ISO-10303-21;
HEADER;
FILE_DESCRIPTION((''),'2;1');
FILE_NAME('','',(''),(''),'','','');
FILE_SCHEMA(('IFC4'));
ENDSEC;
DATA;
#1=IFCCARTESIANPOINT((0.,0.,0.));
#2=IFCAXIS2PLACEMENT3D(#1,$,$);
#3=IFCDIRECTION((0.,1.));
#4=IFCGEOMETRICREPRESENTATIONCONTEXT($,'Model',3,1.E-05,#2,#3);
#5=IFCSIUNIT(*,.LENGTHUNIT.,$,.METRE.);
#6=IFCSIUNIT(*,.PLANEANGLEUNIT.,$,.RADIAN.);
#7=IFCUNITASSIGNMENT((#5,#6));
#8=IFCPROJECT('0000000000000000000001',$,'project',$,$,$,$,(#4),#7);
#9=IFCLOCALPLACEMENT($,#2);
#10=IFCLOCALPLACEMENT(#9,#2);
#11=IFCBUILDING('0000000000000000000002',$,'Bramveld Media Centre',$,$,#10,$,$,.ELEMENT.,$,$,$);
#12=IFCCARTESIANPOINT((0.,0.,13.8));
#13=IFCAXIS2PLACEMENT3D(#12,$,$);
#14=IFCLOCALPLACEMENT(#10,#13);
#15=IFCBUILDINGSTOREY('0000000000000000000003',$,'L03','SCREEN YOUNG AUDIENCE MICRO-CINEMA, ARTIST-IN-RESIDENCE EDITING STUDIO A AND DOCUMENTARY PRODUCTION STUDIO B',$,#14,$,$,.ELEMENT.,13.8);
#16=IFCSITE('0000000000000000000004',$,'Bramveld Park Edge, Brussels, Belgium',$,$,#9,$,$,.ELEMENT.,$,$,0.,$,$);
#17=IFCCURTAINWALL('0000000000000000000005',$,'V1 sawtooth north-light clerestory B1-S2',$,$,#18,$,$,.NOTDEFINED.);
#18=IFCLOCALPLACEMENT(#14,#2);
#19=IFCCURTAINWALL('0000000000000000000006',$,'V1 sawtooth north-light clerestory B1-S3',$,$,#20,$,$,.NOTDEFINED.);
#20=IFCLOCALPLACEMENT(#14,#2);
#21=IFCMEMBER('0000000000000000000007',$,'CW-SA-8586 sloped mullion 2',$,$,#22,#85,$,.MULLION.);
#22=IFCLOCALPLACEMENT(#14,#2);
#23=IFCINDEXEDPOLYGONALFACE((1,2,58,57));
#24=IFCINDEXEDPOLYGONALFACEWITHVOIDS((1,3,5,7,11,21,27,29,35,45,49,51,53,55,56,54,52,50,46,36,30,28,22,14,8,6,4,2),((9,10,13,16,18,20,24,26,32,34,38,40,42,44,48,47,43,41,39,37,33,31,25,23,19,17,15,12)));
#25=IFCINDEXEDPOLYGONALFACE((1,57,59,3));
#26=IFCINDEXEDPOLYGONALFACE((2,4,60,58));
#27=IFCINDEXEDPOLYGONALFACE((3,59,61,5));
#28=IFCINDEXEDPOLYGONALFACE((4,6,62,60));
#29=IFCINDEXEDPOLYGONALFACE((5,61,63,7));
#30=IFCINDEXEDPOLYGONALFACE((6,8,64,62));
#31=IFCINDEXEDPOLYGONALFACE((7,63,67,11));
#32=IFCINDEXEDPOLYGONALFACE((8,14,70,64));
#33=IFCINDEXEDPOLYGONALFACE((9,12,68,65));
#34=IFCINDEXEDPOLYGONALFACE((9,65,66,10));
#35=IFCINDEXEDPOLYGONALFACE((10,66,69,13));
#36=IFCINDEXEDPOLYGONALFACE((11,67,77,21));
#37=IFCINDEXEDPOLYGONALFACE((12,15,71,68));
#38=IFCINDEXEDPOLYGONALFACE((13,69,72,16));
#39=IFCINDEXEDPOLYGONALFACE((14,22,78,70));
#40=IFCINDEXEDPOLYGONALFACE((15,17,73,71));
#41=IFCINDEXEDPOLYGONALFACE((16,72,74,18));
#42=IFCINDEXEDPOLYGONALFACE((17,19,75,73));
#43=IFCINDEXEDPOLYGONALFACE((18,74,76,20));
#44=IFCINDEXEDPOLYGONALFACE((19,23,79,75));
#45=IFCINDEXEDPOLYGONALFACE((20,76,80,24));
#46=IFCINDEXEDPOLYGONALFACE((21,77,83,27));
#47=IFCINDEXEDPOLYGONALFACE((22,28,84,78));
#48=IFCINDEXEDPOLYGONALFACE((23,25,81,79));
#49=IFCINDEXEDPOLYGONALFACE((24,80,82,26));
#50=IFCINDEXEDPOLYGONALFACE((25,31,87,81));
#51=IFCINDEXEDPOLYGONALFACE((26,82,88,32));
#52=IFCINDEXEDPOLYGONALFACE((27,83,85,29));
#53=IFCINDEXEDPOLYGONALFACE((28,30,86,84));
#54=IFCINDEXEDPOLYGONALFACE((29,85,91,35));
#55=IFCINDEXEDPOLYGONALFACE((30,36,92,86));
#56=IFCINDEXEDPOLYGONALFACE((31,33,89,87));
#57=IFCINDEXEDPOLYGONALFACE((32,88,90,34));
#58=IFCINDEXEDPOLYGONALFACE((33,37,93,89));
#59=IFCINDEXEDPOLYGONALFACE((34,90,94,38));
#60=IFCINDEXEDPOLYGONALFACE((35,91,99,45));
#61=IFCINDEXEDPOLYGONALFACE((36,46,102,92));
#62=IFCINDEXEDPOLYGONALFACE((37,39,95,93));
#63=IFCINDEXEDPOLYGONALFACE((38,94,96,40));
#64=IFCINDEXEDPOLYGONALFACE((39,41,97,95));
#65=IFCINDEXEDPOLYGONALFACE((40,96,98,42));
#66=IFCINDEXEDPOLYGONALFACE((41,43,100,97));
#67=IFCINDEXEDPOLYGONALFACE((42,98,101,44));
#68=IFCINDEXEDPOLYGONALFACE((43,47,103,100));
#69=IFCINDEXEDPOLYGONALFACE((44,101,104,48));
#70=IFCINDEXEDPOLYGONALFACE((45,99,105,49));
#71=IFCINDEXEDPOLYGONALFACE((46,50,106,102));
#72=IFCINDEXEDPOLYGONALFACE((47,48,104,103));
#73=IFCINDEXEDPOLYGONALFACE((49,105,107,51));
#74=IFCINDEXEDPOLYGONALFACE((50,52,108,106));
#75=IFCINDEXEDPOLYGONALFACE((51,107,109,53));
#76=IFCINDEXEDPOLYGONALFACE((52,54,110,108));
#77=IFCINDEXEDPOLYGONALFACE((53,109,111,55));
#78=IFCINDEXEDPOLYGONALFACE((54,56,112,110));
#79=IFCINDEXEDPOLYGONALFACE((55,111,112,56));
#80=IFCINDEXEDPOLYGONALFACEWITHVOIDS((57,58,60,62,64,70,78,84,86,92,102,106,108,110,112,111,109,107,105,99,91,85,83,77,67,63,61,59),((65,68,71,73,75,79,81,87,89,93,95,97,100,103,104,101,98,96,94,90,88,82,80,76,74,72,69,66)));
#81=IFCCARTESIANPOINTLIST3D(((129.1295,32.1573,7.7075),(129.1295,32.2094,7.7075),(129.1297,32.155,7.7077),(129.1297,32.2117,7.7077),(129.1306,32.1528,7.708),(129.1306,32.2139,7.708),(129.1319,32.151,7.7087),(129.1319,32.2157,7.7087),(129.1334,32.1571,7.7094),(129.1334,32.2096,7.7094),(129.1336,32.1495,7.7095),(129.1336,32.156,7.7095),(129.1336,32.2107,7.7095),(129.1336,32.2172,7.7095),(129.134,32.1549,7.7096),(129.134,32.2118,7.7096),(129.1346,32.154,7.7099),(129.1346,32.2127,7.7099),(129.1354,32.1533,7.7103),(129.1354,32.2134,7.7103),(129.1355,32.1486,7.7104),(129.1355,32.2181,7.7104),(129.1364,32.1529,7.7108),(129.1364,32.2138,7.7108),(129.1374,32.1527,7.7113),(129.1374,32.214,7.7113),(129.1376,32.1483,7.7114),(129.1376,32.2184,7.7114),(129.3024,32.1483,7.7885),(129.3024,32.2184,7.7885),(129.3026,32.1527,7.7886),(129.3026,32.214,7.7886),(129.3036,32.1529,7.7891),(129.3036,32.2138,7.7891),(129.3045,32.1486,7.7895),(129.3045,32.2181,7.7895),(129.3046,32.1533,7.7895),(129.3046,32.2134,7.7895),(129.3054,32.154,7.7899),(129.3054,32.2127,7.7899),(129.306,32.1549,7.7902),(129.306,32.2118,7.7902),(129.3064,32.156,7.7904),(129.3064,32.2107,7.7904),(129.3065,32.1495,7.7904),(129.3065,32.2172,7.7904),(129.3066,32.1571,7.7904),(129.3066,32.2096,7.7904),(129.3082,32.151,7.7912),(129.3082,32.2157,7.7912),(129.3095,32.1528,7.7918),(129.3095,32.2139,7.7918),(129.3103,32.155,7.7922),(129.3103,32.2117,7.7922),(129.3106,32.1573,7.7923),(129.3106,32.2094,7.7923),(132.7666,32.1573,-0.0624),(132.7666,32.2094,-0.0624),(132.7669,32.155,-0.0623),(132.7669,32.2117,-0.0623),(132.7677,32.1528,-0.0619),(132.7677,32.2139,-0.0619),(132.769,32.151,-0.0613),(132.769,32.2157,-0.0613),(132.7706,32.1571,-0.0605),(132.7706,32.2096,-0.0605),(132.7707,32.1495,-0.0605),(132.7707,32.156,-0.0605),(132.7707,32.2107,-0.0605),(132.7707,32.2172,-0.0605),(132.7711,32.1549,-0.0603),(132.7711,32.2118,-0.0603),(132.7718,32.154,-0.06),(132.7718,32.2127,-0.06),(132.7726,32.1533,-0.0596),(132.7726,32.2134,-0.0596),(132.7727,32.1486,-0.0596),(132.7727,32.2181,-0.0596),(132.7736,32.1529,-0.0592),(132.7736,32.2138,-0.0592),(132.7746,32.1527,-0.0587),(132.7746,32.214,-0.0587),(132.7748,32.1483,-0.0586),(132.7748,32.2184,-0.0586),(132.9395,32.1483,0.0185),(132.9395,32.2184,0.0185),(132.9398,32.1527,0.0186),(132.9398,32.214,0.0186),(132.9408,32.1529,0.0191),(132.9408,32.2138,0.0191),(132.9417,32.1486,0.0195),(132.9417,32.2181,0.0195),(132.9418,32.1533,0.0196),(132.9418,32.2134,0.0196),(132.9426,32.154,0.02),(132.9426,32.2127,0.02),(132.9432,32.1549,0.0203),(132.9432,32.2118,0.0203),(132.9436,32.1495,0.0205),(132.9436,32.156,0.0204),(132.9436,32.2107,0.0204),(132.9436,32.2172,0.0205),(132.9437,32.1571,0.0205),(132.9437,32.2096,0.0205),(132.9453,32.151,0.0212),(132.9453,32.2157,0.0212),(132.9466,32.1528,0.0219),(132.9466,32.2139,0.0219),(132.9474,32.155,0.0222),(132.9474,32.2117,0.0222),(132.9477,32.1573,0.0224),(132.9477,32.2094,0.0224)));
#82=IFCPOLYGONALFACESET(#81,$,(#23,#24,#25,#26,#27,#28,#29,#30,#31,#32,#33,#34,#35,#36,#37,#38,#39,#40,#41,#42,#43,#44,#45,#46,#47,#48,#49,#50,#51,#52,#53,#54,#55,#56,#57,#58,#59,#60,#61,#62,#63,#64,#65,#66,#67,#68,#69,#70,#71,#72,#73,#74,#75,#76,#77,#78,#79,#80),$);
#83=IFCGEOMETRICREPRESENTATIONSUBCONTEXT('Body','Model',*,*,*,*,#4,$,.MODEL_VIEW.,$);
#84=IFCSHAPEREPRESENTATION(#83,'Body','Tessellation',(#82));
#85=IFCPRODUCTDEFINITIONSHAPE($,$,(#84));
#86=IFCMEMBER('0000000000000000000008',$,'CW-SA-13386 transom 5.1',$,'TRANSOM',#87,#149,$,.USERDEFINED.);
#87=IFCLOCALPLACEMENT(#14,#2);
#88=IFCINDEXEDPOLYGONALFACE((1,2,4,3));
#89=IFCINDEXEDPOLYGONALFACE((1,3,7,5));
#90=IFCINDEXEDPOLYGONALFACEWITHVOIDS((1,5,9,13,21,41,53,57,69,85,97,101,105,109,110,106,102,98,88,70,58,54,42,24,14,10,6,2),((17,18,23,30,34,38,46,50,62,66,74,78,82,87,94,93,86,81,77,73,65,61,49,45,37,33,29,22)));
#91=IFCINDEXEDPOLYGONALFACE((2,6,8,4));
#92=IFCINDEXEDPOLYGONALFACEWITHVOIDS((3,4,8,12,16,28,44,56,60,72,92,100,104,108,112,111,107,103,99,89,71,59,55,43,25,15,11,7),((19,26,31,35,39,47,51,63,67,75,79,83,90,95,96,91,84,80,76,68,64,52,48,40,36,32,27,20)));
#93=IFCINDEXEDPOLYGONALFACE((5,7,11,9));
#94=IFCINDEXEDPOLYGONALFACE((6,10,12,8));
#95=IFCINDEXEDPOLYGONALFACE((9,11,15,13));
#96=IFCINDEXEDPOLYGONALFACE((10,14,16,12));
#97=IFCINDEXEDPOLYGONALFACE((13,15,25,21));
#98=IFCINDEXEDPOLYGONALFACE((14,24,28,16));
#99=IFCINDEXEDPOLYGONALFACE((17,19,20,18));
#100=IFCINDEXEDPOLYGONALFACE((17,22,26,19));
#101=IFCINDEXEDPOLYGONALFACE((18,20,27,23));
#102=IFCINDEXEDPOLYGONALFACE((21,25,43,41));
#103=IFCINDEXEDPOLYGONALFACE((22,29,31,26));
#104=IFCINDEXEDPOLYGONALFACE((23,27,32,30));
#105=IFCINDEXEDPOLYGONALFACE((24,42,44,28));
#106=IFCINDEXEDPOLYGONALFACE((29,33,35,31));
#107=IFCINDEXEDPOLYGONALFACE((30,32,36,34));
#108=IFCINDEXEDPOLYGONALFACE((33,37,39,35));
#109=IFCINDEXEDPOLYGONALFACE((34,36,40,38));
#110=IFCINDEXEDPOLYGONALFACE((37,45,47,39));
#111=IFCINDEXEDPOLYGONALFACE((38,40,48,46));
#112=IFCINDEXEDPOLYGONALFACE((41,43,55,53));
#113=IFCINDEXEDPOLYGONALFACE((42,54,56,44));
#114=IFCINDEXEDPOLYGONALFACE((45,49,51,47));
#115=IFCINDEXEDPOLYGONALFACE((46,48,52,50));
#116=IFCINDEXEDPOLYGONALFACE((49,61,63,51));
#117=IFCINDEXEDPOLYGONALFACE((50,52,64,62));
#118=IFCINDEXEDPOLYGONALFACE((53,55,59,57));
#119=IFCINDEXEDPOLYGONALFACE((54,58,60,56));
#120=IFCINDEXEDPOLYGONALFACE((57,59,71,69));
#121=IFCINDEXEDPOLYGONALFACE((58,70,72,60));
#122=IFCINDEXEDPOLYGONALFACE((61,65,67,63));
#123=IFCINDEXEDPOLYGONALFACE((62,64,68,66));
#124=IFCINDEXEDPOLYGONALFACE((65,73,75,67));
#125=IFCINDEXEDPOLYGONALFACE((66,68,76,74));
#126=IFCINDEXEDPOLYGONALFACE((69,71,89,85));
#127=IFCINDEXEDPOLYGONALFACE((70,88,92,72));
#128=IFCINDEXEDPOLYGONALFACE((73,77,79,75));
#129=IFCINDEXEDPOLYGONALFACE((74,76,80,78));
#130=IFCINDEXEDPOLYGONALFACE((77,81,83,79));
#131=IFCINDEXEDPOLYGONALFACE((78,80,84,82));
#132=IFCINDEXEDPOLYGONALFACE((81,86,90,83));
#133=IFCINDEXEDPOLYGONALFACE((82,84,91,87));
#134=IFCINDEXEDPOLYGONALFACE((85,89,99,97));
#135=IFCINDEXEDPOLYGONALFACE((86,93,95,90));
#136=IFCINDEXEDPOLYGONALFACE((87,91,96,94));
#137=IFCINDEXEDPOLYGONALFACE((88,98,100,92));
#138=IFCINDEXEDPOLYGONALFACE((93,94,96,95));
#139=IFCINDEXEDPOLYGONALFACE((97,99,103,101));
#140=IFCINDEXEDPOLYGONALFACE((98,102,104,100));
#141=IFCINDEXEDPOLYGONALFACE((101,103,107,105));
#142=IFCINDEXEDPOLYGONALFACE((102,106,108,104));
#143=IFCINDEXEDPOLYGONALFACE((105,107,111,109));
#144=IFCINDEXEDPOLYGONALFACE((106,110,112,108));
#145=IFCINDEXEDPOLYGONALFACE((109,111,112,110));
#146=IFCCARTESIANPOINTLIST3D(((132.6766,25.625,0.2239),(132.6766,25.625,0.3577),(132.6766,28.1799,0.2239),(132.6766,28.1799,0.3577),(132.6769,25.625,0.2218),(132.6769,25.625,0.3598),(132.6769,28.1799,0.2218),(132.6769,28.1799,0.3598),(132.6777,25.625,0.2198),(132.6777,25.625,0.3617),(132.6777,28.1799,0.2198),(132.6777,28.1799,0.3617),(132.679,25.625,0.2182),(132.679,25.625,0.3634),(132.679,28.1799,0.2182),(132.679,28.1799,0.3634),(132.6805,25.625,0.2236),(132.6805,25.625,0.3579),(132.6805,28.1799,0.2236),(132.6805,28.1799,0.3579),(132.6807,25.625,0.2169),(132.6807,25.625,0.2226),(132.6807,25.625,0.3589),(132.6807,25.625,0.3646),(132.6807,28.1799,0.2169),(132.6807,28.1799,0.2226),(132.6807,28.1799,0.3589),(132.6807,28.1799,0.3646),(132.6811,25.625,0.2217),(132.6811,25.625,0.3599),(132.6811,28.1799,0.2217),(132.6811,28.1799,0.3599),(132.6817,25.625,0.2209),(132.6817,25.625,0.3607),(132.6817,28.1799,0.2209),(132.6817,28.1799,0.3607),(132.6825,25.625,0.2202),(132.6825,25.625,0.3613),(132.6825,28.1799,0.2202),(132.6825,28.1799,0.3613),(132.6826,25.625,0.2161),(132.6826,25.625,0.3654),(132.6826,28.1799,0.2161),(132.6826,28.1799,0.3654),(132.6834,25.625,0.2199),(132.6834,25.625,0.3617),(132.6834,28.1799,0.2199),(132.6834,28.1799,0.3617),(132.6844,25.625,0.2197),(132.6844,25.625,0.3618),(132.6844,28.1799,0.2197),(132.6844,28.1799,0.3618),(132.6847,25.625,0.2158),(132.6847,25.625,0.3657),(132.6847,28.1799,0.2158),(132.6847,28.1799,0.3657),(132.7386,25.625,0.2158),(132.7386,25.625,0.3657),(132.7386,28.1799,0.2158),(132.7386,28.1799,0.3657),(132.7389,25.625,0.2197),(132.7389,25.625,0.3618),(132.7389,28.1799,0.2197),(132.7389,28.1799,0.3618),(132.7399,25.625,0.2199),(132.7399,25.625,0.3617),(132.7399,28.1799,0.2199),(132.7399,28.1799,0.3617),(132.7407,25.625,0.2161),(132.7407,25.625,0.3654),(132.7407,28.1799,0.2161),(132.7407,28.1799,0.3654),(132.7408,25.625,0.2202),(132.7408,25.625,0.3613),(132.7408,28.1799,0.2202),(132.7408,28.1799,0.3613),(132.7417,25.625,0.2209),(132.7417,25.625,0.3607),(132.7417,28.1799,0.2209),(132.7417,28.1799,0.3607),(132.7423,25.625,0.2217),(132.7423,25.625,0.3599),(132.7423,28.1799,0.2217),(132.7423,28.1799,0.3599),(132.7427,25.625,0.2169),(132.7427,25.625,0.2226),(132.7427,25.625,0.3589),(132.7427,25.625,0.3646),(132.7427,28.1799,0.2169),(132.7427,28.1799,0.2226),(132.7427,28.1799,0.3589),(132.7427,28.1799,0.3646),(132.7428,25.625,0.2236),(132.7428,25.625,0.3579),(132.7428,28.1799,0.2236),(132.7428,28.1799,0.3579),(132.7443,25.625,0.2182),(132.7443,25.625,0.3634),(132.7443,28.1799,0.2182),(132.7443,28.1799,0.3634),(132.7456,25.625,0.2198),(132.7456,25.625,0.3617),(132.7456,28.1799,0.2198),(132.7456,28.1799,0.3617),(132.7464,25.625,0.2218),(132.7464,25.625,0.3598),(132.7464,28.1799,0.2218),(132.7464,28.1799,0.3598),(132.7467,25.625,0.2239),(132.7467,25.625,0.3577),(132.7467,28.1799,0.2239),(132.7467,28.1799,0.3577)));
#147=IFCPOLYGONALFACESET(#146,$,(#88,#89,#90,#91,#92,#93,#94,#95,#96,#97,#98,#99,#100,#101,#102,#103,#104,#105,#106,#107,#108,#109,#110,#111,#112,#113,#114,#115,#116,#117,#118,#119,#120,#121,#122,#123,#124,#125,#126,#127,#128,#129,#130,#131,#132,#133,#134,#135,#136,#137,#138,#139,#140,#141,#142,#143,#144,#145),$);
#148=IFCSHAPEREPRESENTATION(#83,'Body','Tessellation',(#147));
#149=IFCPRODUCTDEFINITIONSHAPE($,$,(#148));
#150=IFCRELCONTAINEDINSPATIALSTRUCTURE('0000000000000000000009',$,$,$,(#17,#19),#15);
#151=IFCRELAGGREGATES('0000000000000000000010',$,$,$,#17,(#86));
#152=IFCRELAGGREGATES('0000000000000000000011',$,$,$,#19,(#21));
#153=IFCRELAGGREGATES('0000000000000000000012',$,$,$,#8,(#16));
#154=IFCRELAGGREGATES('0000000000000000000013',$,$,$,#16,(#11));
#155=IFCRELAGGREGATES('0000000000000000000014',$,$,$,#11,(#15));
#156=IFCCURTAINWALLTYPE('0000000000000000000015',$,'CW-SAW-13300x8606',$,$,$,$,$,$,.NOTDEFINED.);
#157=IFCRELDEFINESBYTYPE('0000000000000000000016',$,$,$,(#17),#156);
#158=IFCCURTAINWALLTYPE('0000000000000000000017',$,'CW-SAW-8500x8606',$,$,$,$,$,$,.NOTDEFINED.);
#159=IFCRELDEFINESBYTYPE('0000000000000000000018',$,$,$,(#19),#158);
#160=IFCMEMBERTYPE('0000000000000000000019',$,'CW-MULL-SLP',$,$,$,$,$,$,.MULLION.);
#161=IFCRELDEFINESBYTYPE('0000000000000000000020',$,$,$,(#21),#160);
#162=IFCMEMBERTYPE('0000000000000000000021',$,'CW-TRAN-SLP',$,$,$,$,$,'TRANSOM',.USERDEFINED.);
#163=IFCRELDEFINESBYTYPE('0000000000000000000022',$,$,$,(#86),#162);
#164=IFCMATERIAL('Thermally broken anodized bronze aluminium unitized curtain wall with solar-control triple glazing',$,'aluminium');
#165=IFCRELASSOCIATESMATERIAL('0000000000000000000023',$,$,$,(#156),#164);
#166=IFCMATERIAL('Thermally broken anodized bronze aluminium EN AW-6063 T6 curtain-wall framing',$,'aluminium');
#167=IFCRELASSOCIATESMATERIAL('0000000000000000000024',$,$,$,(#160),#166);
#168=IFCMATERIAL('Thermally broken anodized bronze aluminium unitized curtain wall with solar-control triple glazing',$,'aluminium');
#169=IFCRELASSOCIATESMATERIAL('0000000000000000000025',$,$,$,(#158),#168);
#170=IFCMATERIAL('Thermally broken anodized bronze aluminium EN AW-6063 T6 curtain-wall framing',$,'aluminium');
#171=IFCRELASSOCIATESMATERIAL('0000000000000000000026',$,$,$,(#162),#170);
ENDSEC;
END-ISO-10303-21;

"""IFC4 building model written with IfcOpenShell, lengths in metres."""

from ifc_helpers import new_model, si_unit, direction, frame, origin, origin_2d, place, context, subcontext, project, spatial, hollow_rectangle, extrude, material, material_profile, profile_set, type_object, element, aggregate, save


model = new_model("IFC4")

# Units and contexts
model_context = context("Model", 3, precision=1e-05, world=origin(), true_north=direction((0.0, 1.0)))
body_context = subcontext(model_context, "Body", "Model", "MODEL_VIEW")
ifc_project = project(units=[si_unit("LENGTHUNIT", "METRE"), si_unit("PLANEANGLEUNIT", "RADIAN")], contexts=[model_context])

# Site, building, storey
site_placement = place(None, origin())
site = spatial("IfcSite", under=ifc_project, at=site_placement, Name="Bramveld Park Edge, Brussels, Belgium", CompositionType="ELEMENT", RefElevation=0.0)
building_placement = place(site_placement, origin())
building = spatial("IfcBuilding", under=site, at=building_placement, Name="Bramveld Media Centre", CompositionType="ELEMENT")
storey_placement = place(building_placement, frame((0.0, 0.0, 13.8)))
storey = spatial("IfcBuildingStorey", under=building, at=storey_placement, Name="L03", Description="SCREEN YOUNG AUDIENCE MICRO-CINEMA, ARTIST-IN-RESIDENCE EDITING STUDIO A AND DOCUMENTARY PRODUCTION STUDIO B", CompositionType="ELEMENT", Elevation=13.8)

# Curtain wall
ifc_material_1 = material(Name="Thermally broken anodized bronze aluminium unitized curtain wall with solar-control triple glazing", Category="aluminium")
curtain_wall_type_1 = type_object("IfcCurtainWallType", Name="CW-SAW-13300x8606", PredefinedType="NOTDEFINED", material=ifc_material_1)
curtain_wall_1_placement = place(storey_placement, origin())
curtain_wall_1 = element("IfcCurtainWall", 1, at=curtain_wall_1_placement, inside=storey, type_object=curtain_wall_type_1, Name="V1 sawtooth north-light clerestory B1-S2", PredefinedType="NOTDEFINED")
ifc_material_2 = material(Name="Thermally broken anodized bronze aluminium EN AW-6063 T6 curtain-wall framing", Category="aluminium")
ifc_material_profile_1 = material_profile(ifc_material_2, hollow_rectangle(XDim=0.0701, YDim=0.2, WallThickness=0.0044, InnerFilletRadius=0.0044, OuterFilletRadius=0.009, at=origin_2d()), Name="AL-MULL 70x200")
ifc_profile_set_1 = profile_set([ifc_material_profile_1], Name="Thermally broken anodized bronze aluminium EN AW-6063 T6 curtain-wall framing")
member_type_1 = type_object("IfcMemberType", Name="CW-MULL-SLP", PredefinedType="MULLION", material=ifc_profile_set_1)

# Curtain wall, member
ifc_material_3 = material(Name="Thermally broken anodized bronze aluminium unitized curtain wall with solar-control triple glazing", Category="aluminium")
curtain_wall_type_2 = type_object("IfcCurtainWallType", Name="CW-SAW-8500x8606", PredefinedType="NOTDEFINED", material=ifc_material_3)
curtain_wall_2_placement = place(storey_placement, origin())
curtain_wall_2 = element("IfcCurtainWall", 2, at=curtain_wall_2_placement, inside=storey, type_object=curtain_wall_type_2, Name="V1 sawtooth north-light clerestory B1-S3", PredefinedType="NOTDEFINED")
member_1_placement = place(storey_placement, frame((132.8572, 32.1833, -0.02), z_axis=(-0.423957, 0.0, 0.905682), x_axis=(0.0, -1.0, 0.0)))
member_1 = element("IfcMember", 3, at=member_1_placement, type_object=member_type_1, Name="CW-SA-8586 sloped mullion 2", PredefinedType="MULLION", context=body_context, shape_type="SweptSolid", body=[
    extrude(hollow_rectangle(XDim=0.0701, YDim=0.2, WallThickness=0.0044, InnerFilletRadius=0.0044, OuterFilletRadius=0.009, at=origin_2d()), origin(), (0.0, 0.0, 1.0), 8.5791),
])

# Member
ifc_material_4 = material(Name="Thermally broken anodized bronze aluminium EN AW-6063 T6 curtain-wall framing", Category="aluminium")
ifc_material_profile_2 = material_profile(ifc_material_4, hollow_rectangle(XDim=0.0701, YDim=0.1499, WallThickness=0.0039, InnerFilletRadius=0.0039, OuterFilletRadius=0.0081, at=origin_2d()), Name="AL-TRAN 70x150")
ifc_profile_set_2 = profile_set([ifc_material_profile_2], Name="Thermally broken anodized bronze aluminium EN AW-6063 T6 curtain-wall framing")
member_type_2 = type_object("IfcMemberType", Name="CW-TRAN-SLP", ElementType="TRANSOM", PredefinedType="USERDEFINED", material=ifc_profile_set_2)
member_2_placement = place(storey_placement, frame((132.7117, 25.625, 0.2908), z_axis=(0.0, 1.0, 0.0), x_axis=(-1.0, 0.0, 0.0)))
member_2 = element("IfcMember", 4, at=member_2_placement, type_object=member_type_2, Name="CW-SA-13386 transom 5.1", ObjectType="TRANSOM", PredefinedType="USERDEFINED", context=body_context, shape_type="SweptSolid", body=[
    extrude(hollow_rectangle(XDim=0.0701, YDim=0.1499, WallThickness=0.0039, InnerFilletRadius=0.0039, OuterFilletRadius=0.0081, at=origin_2d()), origin(), (0.0, 0.0, 1.0), 2.5549),
])

aggregate(curtain_wall_1, [member_2])
aggregate(curtain_wall_2, [member_1])

save(model, "model.ifc")
